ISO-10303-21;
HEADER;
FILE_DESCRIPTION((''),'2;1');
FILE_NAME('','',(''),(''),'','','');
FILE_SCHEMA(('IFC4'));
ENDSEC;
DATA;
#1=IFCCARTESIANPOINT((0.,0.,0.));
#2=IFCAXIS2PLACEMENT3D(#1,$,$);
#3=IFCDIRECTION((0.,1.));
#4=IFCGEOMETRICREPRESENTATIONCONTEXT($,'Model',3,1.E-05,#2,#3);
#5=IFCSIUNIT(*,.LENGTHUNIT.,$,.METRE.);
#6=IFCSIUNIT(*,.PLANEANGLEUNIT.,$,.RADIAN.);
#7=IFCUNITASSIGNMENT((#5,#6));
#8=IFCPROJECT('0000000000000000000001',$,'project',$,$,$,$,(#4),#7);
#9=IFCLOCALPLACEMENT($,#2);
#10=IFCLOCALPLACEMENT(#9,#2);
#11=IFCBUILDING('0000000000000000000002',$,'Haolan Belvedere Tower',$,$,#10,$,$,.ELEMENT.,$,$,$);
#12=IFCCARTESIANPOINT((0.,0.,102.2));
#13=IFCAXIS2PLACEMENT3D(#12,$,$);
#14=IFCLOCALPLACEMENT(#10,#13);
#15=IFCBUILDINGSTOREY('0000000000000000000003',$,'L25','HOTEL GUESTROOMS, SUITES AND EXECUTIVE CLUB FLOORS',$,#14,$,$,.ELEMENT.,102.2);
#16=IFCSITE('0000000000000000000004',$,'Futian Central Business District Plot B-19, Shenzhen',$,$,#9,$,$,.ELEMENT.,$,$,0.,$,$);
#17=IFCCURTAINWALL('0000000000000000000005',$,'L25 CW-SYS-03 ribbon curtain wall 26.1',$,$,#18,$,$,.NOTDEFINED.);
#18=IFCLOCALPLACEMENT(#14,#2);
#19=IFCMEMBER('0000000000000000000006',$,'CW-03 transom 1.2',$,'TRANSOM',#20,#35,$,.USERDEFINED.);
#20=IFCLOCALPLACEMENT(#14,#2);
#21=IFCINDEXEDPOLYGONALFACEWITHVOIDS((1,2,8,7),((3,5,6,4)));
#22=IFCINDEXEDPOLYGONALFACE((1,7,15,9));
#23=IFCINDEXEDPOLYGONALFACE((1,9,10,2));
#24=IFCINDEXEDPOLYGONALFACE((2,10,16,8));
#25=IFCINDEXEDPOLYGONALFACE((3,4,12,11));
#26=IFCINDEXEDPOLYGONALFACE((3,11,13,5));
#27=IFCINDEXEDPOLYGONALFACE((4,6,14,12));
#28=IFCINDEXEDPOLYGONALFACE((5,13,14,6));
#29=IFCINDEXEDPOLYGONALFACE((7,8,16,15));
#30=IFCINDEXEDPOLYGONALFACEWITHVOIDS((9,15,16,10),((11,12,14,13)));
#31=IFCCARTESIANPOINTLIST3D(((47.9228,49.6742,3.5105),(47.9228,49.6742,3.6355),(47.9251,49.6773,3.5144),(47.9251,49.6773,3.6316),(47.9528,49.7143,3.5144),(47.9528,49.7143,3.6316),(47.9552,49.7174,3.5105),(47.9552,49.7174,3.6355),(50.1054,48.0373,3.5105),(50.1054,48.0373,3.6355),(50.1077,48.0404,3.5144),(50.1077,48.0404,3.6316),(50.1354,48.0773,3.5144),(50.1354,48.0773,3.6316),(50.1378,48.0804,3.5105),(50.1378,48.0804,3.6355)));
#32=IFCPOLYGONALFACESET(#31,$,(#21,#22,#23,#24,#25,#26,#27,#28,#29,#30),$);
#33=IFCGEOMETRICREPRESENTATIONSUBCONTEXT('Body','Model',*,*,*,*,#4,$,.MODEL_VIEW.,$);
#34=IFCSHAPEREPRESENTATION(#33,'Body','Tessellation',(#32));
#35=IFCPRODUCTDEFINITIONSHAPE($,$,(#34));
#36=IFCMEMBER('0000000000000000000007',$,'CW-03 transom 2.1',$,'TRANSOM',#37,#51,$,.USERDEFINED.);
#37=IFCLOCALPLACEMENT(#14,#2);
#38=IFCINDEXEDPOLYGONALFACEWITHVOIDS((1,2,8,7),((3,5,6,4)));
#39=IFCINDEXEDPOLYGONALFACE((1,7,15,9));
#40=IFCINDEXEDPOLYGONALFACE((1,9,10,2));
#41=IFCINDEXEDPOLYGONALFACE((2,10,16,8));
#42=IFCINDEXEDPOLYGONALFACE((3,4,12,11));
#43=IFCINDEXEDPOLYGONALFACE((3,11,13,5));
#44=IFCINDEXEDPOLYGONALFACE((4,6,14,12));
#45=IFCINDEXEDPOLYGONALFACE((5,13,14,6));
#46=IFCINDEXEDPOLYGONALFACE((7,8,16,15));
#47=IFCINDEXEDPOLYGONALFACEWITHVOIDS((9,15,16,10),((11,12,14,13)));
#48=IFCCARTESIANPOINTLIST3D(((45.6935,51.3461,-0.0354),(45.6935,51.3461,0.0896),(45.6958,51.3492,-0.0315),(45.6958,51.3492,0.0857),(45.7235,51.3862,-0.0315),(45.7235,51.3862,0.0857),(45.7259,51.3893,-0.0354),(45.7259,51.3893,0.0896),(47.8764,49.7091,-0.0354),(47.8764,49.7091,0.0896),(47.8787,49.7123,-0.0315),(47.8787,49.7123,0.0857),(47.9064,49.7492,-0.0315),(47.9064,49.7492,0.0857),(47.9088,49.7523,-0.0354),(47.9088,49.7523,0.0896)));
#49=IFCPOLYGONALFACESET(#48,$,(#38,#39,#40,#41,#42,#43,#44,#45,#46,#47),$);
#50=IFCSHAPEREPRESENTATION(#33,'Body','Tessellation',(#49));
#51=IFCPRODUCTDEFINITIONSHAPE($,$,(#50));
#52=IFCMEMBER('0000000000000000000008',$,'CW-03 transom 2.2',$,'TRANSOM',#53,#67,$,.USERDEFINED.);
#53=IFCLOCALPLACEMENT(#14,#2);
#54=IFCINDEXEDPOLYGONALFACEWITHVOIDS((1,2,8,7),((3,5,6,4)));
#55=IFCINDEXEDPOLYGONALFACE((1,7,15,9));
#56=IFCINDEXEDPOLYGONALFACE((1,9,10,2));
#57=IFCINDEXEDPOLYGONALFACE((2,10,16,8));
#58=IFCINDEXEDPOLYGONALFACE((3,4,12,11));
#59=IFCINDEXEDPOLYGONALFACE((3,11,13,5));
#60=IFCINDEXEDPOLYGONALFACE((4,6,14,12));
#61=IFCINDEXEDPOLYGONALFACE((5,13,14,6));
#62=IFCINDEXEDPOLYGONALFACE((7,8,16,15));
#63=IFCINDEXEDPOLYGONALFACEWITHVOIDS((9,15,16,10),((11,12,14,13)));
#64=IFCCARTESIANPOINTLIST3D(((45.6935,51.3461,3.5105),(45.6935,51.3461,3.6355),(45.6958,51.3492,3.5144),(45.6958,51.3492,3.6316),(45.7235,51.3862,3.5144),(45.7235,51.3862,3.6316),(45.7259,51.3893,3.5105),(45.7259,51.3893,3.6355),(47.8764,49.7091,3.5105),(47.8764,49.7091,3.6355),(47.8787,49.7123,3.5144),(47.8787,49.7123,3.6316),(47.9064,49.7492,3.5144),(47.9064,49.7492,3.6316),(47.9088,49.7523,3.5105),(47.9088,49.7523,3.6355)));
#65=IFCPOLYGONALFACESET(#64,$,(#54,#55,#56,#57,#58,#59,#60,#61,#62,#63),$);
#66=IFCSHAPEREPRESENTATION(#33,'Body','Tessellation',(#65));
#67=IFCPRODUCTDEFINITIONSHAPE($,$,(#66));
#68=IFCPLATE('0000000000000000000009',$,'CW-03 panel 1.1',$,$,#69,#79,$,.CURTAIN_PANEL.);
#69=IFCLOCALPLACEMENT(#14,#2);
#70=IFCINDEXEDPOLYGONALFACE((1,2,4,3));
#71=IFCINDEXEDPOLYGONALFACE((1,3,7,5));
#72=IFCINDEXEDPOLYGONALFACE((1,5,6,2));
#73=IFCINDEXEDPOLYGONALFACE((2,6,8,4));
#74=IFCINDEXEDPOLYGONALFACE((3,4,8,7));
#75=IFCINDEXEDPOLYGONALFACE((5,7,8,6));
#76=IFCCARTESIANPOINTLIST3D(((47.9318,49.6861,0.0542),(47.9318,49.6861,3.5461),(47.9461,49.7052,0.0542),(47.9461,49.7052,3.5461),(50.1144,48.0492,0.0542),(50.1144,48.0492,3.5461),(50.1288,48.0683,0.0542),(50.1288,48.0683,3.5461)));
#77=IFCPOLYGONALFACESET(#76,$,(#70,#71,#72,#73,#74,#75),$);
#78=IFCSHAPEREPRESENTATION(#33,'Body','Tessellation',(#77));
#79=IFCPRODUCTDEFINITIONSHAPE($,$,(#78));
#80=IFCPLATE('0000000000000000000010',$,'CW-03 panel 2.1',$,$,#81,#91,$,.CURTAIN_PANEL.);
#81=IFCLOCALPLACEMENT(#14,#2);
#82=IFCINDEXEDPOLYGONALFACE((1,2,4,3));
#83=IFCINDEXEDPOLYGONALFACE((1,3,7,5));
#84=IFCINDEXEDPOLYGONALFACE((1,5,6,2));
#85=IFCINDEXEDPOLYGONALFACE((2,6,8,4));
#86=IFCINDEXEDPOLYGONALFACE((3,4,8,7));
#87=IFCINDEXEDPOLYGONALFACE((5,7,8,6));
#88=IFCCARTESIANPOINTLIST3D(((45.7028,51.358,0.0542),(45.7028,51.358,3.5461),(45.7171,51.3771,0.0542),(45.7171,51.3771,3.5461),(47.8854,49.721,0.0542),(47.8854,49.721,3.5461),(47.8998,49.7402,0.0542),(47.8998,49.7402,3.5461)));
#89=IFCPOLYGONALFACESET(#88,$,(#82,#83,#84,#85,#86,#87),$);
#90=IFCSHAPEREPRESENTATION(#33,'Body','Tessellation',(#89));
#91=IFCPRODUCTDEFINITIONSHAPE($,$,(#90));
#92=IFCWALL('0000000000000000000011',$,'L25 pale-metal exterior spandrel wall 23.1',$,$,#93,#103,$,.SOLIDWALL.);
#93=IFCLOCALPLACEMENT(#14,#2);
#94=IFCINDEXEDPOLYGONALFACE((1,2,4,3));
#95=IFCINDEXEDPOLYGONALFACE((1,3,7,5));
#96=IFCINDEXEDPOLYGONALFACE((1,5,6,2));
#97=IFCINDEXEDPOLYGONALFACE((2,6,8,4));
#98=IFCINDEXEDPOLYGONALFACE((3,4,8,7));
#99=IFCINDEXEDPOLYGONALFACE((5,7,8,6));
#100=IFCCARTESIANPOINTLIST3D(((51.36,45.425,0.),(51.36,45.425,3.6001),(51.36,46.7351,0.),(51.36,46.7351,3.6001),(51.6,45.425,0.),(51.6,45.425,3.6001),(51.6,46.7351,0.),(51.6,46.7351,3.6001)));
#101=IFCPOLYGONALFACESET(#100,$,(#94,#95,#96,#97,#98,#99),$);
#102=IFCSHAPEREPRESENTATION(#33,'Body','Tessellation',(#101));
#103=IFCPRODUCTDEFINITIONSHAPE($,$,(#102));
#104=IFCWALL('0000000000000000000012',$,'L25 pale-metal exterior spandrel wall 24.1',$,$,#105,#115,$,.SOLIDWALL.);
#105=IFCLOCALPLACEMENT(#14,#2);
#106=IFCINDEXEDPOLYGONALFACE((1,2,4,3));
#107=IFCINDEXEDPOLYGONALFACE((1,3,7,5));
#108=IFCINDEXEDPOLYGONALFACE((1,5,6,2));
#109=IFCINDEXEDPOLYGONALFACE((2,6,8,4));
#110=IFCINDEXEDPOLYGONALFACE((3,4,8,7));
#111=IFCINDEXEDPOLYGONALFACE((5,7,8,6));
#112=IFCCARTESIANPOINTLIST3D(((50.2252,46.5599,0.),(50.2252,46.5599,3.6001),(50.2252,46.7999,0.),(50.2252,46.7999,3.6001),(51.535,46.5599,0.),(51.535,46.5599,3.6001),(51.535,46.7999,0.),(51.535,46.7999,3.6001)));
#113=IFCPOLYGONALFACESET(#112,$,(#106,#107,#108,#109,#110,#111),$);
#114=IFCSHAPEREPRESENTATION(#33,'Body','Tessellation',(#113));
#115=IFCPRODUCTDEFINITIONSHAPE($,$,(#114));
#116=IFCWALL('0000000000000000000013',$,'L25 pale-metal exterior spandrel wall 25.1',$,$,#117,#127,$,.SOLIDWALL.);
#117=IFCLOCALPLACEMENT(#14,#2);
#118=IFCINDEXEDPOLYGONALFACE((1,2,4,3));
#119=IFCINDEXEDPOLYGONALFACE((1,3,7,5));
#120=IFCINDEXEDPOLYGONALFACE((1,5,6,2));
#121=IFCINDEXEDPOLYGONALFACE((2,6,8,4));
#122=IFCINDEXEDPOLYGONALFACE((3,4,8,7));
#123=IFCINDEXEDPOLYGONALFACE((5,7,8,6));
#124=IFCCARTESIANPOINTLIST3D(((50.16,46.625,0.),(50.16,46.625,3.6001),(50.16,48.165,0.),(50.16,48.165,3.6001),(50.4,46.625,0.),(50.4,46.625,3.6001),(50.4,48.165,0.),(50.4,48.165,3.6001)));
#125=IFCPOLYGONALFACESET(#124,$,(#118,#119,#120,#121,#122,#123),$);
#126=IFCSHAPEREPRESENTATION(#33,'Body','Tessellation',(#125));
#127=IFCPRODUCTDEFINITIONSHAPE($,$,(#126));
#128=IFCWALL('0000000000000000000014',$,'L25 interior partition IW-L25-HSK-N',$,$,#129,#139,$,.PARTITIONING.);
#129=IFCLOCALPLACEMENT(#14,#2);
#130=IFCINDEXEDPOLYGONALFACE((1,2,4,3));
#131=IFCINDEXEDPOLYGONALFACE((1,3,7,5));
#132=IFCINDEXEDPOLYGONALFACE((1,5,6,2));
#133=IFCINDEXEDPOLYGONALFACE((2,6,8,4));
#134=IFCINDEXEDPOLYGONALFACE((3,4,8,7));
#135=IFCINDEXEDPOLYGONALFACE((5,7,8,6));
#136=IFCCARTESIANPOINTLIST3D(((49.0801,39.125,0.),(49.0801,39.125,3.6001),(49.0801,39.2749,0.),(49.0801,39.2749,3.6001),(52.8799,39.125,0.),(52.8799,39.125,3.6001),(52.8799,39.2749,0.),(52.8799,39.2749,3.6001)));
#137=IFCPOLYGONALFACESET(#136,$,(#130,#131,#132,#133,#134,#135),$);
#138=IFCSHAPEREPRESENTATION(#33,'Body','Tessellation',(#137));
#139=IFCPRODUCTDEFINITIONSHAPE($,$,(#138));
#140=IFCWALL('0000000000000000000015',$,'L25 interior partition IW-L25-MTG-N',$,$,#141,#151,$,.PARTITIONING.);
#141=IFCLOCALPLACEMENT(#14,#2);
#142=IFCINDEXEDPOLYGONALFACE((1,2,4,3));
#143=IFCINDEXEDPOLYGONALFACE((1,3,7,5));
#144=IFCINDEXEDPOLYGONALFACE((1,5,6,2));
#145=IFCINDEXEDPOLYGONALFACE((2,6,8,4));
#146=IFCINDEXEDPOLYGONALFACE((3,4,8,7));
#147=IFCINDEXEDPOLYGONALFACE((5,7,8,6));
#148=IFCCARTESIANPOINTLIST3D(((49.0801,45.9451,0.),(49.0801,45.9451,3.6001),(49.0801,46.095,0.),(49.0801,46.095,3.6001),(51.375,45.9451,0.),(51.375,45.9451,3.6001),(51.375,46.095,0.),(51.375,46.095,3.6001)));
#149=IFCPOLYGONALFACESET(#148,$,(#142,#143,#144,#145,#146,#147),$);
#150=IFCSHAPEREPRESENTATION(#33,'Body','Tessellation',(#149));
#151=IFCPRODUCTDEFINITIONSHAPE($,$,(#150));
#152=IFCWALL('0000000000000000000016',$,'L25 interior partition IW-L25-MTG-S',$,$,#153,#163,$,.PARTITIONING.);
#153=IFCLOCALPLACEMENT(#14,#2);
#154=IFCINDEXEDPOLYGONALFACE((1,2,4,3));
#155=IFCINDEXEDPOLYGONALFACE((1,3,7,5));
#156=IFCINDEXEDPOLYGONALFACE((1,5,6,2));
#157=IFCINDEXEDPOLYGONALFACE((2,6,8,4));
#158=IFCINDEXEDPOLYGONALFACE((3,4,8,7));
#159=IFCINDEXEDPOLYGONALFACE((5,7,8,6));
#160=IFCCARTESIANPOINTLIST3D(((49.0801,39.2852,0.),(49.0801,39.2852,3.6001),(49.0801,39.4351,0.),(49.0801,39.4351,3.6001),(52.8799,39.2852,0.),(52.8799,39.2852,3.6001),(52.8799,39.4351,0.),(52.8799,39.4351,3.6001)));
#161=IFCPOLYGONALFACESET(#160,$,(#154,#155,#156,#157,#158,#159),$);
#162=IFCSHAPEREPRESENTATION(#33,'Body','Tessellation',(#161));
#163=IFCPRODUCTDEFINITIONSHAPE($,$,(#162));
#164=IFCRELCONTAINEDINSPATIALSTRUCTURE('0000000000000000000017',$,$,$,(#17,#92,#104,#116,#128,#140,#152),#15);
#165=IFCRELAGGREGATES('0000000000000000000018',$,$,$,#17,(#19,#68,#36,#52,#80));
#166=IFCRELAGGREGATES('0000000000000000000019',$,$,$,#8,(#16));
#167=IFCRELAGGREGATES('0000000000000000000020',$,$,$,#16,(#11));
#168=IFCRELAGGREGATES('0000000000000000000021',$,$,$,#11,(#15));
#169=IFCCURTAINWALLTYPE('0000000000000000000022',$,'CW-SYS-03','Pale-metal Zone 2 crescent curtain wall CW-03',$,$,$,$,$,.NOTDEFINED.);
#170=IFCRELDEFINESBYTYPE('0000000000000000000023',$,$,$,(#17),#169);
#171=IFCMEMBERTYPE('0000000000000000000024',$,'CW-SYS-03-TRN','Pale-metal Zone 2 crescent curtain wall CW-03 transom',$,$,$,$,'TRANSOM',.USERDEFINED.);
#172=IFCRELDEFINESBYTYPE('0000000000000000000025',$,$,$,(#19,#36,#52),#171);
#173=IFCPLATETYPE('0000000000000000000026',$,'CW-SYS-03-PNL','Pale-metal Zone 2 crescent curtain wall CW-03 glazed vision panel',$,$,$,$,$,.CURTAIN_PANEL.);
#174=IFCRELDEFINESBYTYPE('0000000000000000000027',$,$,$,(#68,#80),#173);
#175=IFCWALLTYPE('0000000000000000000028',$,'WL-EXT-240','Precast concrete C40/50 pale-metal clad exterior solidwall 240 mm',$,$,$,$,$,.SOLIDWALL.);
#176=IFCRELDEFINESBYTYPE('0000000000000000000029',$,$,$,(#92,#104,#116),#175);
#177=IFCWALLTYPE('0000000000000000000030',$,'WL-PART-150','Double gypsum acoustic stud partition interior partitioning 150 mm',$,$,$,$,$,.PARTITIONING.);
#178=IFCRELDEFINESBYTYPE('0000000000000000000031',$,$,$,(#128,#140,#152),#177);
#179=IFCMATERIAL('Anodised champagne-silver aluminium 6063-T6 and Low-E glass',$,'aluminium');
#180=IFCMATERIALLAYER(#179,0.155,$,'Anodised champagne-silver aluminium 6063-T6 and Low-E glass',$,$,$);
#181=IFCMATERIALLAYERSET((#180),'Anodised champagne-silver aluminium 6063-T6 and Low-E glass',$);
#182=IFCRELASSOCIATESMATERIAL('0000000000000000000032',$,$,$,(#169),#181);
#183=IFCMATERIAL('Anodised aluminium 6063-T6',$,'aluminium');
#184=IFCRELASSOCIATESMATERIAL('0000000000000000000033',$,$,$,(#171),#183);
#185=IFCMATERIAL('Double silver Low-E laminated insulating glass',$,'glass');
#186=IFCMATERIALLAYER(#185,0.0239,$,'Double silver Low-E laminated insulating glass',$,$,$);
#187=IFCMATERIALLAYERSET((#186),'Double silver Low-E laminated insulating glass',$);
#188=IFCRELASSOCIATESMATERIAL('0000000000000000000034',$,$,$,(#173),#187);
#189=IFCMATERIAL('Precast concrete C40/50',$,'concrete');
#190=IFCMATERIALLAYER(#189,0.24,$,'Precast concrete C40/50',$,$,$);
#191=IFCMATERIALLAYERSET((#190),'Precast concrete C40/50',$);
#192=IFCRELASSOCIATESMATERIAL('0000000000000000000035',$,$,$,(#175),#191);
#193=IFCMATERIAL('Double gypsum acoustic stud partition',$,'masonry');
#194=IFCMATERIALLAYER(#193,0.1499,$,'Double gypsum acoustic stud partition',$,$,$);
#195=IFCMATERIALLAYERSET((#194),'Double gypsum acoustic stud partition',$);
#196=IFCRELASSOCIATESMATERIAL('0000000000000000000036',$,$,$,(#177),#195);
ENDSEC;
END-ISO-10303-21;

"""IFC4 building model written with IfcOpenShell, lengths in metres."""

from ifc_helpers import new_model, si_unit, direction, frame, frame_2d, origin, origin_2d, place, context, subcontext, project, spatial, rectangle, hollow_rectangle, extrude, material, layer, layer_set, material_profile, profile_set, type_object, element, aggregate, save


model = new_model("IFC4")

# Units and contexts
model_context = context("Model", 3, precision=1e-05, world=origin(), true_north=direction((0.0, 1.0)))
body_context = subcontext(model_context, "Body", "Model", "MODEL_VIEW")
ifc_project = project(units=[si_unit("LENGTHUNIT", "METRE"), si_unit("PLANEANGLEUNIT", "RADIAN")], contexts=[model_context])

# Site, building, storey
site_placement = place(None, origin())
site = spatial("IfcSite", under=ifc_project, at=site_placement, Name="Futian Central Business District Plot B-19, Shenzhen", CompositionType="ELEMENT", RefElevation=0.0)
building_placement = place(site_placement, origin())
building = spatial("IfcBuilding", under=site, at=building_placement, Name="Haolan Belvedere Tower", CompositionType="ELEMENT")
storey_placement = place(building_placement, frame((0.0, 0.0, 102.2)))
storey = spatial("IfcBuildingStorey", under=building, at=storey_placement, Name="L25", Description="HOTEL GUESTROOMS, SUITES AND EXECUTIVE CLUB FLOORS", CompositionType="ELEMENT", Elevation=102.2)

# Curtain wall, members, plates
ifc_material_1 = material(Name="Anodised champagne-silver aluminium 6063-T6 and Low-E glass", Category="aluminium")
ifc_layer_1 = layer(ifc_material_1, 0.155, Name="Anodised champagne-silver aluminium 6063-T6 and Low-E glass")
ifc_layer_set_1 = layer_set([ifc_layer_1], Name="Anodised champagne-silver aluminium 6063-T6 and Low-E glass")
curtain_wall_type = type_object("IfcCurtainWallType", Name="CW-SYS-03", Description="Pale-metal Zone 2 crescent curtain wall CW-03", PredefinedType="NOTDEFINED", material=ifc_layer_set_1)
curtain_wall_placement = place(storey_placement, origin())
curtain_wall = element("IfcCurtainWall", 1, at=curtain_wall_placement, inside=storey, type_object=curtain_wall_type, Name="L25 CW-SYS-03 ribbon curtain wall 26.1", PredefinedType="NOTDEFINED")
ifc_material_2 = material(Name="Anodised aluminium 6063-T6", Category="aluminium")
ifc_material_profile_1 = material_profile(ifc_material_2, hollow_rectangle(XDim=0.054, YDim=0.125, WallThickness=0.0039, at=origin_2d()), Name="Anodised aluminium 6063-T6")
ifc_profile_set_1 = profile_set([ifc_material_profile_1], Name="Anodised aluminium 6063-T6")
member_type_1 = type_object("IfcMemberType", Name="CW-SYS-03-TRN", Description="Pale-metal Zone 2 crescent curtain wall CW-03 transom", ElementType="TRANSOM", PredefinedType="USERDEFINED", material=ifc_profile_set_1)
member_1_placement = place(storey_placement, frame((50.1216, 48.0588, 3.573), z_axis=(-0.8, 0.6, 0.0), x_axis=(-0.6, -0.8, 0.0)))
member_1 = element("IfcMember", 2, at=member_1_placement, type_object=member_type_1, Name="CW-03 transom 1.2", ObjectType="TRANSOM", PredefinedType="USERDEFINED", context=body_context, shape_type="SweptSolid", body=[
    extrude(hollow_rectangle(XDim=0.054, YDim=0.125, WallThickness=0.0039, at=origin_2d()), origin(), (0.0, 0.0, 1.0), 2.7283),
])
member_2_placement = place(storey_placement, frame((47.8926, 49.7307, 0.0271), z_axis=(-0.800032, 0.599957, 0.0), x_axis=(-0.599957, -0.800032, 0.0)))
member_2 = element("IfcMember", 3, at=member_2_placement, type_object=member_type_1, Name="CW-03 transom 2.1", ObjectType="TRANSOM", PredefinedType="USERDEFINED", context=body_context, shape_type="SweptSolid", body=[
    extrude(hollow_rectangle(XDim=0.054, YDim=0.125, WallThickness=0.0039, at=origin_2d()), origin(), (0.0, 0.0, 1.0), 2.7285),
])
member_3_placement = place(storey_placement, frame((47.8926, 49.7307, 3.573), z_axis=(-0.800032, 0.599957, 0.0), x_axis=(-0.599957, -0.800032, 0.0)))
member_3 = element("IfcMember", 4, at=member_3_placement, type_object=member_type_1, Name="CW-03 transom 2.2", ObjectType="TRANSOM", PredefinedType="USERDEFINED", context=body_context, shape_type="SweptSolid", body=[
    extrude(hollow_rectangle(XDim=0.054, YDim=0.125, WallThickness=0.0039, at=origin_2d()), origin(), (0.0, 0.0, 1.0), 2.7285),
])
ifc_material_3 = material(Name="Double silver Low-E laminated insulating glass", Category="glass")
ifc_layer_2 = layer(ifc_material_3, 0.0239, Name="Double silver Low-E laminated insulating glass")
ifc_layer_set_2 = layer_set([ifc_layer_2], Name="Double silver Low-E laminated insulating glass")
plate_type = type_object("IfcPlateType", Name="CW-SYS-03-PNL", Description="Pale-metal Zone 2 crescent curtain wall CW-03 glazed vision panel", PredefinedType="CURTAIN_PANEL", material=ifc_layer_set_2)
plate_1_placement = place(storey_placement, frame((49.0303, 48.8772, 0.0542), z_axis=(0.0, 0.0, 1.0), x_axis=(-0.800004, 0.599994, 0.0)))
plate_1 = element("IfcPlate", 5, at=plate_1_placement, type_object=plate_type, Name="CW-03 panel 1.1", PredefinedType="CURTAIN_PANEL", context=body_context, shape_type="SweptSolid", body=[
    extrude(rectangle(XDim=2.7283, YDim=0.0239, at=origin_2d()), origin(), (0.0, 0.0, 1.0), 3.4919),
])
plate_2_placement = place(storey_placement, frame((46.8013, 50.5491, 0.0542), z_axis=(0.0, 0.0, 1.0), x_axis=(-0.800004, 0.599994, 0.0)))
plate_2 = element("IfcPlate", 6, at=plate_2_placement, type_object=plate_type, Name="CW-03 panel 2.1", PredefinedType="CURTAIN_PANEL", context=body_context, shape_type="SweptSolid", body=[
    extrude(rectangle(XDim=2.7283, YDim=0.0239, at=origin_2d()), origin(), (0.0, 0.0, 1.0), 3.4919),
])
aggregate(curtain_wall, [member_1, plate_1, member_2, member_3, plate_2])

# Walls
ifc_material_4 = material(Name="Precast concrete C40/50", Category="concrete")
ifc_layer_3 = layer(ifc_material_4, 0.24, Name="Precast concrete C40/50")
ifc_layer_set_3 = layer_set([ifc_layer_3], Name="Precast concrete C40/50")
wall_type_1 = type_object("IfcWallType", Name="WL-EXT-240", Description="Precast concrete C40/50 pale-metal clad exterior solidwall 240 mm", PredefinedType="SOLIDWALL", material=ifc_layer_set_3)
wall_1_placement = place(storey_placement, frame((51.48, 45.425, 0.0), z_axis=(0.0, 0.0, 1.0), x_axis=(0.0, 1.0, 0.0)))
element("IfcWall", 7, at=wall_1_placement, inside=storey, type_object=wall_type_1, Name="L25 pale-metal exterior spandrel wall 23.1", PredefinedType="SOLIDWALL", context=body_context, shape_type="SweptSolid", body=[
    extrude(rectangle(XDim=1.3101, YDim=0.24, at=frame_2d((0.655, 0.0))), origin(), (0.0, 0.0, 1.0), 3.6001),
])
wall_2_placement = place(storey_placement, frame((51.5349, 46.6799, 0.0), z_axis=(0.0, 0.0, 1.0), x_axis=(-1.0, 0.0, 0.0)))
element("IfcWall", 8, at=wall_2_placement, inside=storey, type_object=wall_type_1, Name="L25 pale-metal exterior spandrel wall 24.1", PredefinedType="SOLIDWALL", context=body_context, shape_type="SweptSolid", body=[
    extrude(rectangle(XDim=1.3098, YDim=0.24, at=frame_2d((0.6548, 0.0))), origin(), (0.0, 0.0, 1.0), 3.6001),
])
wall_3_placement = place(storey_placement, frame((50.28, 46.625, 0.0), z_axis=(0.0, 0.0, 1.0), x_axis=(0.0, 1.0, 0.0)))
element("IfcWall", 9, at=wall_3_placement, inside=storey, type_object=wall_type_1, Name="L25 pale-metal exterior spandrel wall 25.1", PredefinedType="SOLIDWALL", context=body_context, shape_type="SweptSolid", body=[
    extrude(rectangle(XDim=1.54, YDim=0.24, at=frame_2d((0.77, 0.0))), origin(), (0.0, 0.0, 1.0), 3.6001),
])
ifc_material_5 = material(Name="Double gypsum acoustic stud partition", Category="masonry")
ifc_layer_4 = layer(ifc_material_5, 0.1499, Name="Double gypsum acoustic stud partition")
ifc_layer_set_4 = layer_set([ifc_layer_4], Name="Double gypsum acoustic stud partition")
wall_type_2 = type_object("IfcWallType", Name="WL-PART-150", Description="Double gypsum acoustic stud partition interior partitioning 150 mm", PredefinedType="PARTITIONING", material=ifc_layer_set_4)
wall_4_placement = place(storey_placement, frame((49.0801, 39.2, 0.0), z_axis=(0.0, 0.0, 1.0), x_axis=(1.0, 0.0, 0.0)))
element("IfcWall", 10, at=wall_4_placement, inside=storey, type_object=wall_type_2, Name="L25 interior partition IW-L25-HSK-N", PredefinedType="PARTITIONING", context=body_context, shape_type="SweptSolid", body=[
    extrude(rectangle(XDim=3.7998, YDim=0.1499, at=frame_2d((1.8999, 0.0))), origin(), (0.0, 0.0, 1.0), 3.6001),
])
wall_5_placement = place(storey_placement, frame((49.0801, 46.02, 0.0), z_axis=(0.0, 0.0, 1.0), x_axis=(1.0, 0.0, 0.0)))
element("IfcWall", 11, at=wall_5_placement, inside=storey, type_object=wall_type_2, Name="L25 interior partition IW-L25-MTG-N", PredefinedType="PARTITIONING", context=body_context, shape_type="SweptSolid", body=[
    extrude(rectangle(XDim=2.2949, YDim=0.1499, at=frame_2d((1.1475, 0.0))), origin(), (0.0, 0.0, 1.0), 3.6001),
])
wall_6_placement = place(storey_placement, frame((49.0801, 39.3601, 0.0), z_axis=(0.0, 0.0, 1.0), x_axis=(1.0, 0.0, 0.0)))
element("IfcWall", 12, at=wall_6_placement, inside=storey, type_object=wall_type_2, Name="L25 interior partition IW-L25-MTG-S", PredefinedType="PARTITIONING", context=body_context, shape_type="SweptSolid", body=[
    extrude(rectangle(XDim=3.7998, YDim=0.1499, at=frame_2d((1.8999, 0.0))), origin(), (0.0, 0.0, 1.0), 3.6001),
])

save(model, "model.ifc")
